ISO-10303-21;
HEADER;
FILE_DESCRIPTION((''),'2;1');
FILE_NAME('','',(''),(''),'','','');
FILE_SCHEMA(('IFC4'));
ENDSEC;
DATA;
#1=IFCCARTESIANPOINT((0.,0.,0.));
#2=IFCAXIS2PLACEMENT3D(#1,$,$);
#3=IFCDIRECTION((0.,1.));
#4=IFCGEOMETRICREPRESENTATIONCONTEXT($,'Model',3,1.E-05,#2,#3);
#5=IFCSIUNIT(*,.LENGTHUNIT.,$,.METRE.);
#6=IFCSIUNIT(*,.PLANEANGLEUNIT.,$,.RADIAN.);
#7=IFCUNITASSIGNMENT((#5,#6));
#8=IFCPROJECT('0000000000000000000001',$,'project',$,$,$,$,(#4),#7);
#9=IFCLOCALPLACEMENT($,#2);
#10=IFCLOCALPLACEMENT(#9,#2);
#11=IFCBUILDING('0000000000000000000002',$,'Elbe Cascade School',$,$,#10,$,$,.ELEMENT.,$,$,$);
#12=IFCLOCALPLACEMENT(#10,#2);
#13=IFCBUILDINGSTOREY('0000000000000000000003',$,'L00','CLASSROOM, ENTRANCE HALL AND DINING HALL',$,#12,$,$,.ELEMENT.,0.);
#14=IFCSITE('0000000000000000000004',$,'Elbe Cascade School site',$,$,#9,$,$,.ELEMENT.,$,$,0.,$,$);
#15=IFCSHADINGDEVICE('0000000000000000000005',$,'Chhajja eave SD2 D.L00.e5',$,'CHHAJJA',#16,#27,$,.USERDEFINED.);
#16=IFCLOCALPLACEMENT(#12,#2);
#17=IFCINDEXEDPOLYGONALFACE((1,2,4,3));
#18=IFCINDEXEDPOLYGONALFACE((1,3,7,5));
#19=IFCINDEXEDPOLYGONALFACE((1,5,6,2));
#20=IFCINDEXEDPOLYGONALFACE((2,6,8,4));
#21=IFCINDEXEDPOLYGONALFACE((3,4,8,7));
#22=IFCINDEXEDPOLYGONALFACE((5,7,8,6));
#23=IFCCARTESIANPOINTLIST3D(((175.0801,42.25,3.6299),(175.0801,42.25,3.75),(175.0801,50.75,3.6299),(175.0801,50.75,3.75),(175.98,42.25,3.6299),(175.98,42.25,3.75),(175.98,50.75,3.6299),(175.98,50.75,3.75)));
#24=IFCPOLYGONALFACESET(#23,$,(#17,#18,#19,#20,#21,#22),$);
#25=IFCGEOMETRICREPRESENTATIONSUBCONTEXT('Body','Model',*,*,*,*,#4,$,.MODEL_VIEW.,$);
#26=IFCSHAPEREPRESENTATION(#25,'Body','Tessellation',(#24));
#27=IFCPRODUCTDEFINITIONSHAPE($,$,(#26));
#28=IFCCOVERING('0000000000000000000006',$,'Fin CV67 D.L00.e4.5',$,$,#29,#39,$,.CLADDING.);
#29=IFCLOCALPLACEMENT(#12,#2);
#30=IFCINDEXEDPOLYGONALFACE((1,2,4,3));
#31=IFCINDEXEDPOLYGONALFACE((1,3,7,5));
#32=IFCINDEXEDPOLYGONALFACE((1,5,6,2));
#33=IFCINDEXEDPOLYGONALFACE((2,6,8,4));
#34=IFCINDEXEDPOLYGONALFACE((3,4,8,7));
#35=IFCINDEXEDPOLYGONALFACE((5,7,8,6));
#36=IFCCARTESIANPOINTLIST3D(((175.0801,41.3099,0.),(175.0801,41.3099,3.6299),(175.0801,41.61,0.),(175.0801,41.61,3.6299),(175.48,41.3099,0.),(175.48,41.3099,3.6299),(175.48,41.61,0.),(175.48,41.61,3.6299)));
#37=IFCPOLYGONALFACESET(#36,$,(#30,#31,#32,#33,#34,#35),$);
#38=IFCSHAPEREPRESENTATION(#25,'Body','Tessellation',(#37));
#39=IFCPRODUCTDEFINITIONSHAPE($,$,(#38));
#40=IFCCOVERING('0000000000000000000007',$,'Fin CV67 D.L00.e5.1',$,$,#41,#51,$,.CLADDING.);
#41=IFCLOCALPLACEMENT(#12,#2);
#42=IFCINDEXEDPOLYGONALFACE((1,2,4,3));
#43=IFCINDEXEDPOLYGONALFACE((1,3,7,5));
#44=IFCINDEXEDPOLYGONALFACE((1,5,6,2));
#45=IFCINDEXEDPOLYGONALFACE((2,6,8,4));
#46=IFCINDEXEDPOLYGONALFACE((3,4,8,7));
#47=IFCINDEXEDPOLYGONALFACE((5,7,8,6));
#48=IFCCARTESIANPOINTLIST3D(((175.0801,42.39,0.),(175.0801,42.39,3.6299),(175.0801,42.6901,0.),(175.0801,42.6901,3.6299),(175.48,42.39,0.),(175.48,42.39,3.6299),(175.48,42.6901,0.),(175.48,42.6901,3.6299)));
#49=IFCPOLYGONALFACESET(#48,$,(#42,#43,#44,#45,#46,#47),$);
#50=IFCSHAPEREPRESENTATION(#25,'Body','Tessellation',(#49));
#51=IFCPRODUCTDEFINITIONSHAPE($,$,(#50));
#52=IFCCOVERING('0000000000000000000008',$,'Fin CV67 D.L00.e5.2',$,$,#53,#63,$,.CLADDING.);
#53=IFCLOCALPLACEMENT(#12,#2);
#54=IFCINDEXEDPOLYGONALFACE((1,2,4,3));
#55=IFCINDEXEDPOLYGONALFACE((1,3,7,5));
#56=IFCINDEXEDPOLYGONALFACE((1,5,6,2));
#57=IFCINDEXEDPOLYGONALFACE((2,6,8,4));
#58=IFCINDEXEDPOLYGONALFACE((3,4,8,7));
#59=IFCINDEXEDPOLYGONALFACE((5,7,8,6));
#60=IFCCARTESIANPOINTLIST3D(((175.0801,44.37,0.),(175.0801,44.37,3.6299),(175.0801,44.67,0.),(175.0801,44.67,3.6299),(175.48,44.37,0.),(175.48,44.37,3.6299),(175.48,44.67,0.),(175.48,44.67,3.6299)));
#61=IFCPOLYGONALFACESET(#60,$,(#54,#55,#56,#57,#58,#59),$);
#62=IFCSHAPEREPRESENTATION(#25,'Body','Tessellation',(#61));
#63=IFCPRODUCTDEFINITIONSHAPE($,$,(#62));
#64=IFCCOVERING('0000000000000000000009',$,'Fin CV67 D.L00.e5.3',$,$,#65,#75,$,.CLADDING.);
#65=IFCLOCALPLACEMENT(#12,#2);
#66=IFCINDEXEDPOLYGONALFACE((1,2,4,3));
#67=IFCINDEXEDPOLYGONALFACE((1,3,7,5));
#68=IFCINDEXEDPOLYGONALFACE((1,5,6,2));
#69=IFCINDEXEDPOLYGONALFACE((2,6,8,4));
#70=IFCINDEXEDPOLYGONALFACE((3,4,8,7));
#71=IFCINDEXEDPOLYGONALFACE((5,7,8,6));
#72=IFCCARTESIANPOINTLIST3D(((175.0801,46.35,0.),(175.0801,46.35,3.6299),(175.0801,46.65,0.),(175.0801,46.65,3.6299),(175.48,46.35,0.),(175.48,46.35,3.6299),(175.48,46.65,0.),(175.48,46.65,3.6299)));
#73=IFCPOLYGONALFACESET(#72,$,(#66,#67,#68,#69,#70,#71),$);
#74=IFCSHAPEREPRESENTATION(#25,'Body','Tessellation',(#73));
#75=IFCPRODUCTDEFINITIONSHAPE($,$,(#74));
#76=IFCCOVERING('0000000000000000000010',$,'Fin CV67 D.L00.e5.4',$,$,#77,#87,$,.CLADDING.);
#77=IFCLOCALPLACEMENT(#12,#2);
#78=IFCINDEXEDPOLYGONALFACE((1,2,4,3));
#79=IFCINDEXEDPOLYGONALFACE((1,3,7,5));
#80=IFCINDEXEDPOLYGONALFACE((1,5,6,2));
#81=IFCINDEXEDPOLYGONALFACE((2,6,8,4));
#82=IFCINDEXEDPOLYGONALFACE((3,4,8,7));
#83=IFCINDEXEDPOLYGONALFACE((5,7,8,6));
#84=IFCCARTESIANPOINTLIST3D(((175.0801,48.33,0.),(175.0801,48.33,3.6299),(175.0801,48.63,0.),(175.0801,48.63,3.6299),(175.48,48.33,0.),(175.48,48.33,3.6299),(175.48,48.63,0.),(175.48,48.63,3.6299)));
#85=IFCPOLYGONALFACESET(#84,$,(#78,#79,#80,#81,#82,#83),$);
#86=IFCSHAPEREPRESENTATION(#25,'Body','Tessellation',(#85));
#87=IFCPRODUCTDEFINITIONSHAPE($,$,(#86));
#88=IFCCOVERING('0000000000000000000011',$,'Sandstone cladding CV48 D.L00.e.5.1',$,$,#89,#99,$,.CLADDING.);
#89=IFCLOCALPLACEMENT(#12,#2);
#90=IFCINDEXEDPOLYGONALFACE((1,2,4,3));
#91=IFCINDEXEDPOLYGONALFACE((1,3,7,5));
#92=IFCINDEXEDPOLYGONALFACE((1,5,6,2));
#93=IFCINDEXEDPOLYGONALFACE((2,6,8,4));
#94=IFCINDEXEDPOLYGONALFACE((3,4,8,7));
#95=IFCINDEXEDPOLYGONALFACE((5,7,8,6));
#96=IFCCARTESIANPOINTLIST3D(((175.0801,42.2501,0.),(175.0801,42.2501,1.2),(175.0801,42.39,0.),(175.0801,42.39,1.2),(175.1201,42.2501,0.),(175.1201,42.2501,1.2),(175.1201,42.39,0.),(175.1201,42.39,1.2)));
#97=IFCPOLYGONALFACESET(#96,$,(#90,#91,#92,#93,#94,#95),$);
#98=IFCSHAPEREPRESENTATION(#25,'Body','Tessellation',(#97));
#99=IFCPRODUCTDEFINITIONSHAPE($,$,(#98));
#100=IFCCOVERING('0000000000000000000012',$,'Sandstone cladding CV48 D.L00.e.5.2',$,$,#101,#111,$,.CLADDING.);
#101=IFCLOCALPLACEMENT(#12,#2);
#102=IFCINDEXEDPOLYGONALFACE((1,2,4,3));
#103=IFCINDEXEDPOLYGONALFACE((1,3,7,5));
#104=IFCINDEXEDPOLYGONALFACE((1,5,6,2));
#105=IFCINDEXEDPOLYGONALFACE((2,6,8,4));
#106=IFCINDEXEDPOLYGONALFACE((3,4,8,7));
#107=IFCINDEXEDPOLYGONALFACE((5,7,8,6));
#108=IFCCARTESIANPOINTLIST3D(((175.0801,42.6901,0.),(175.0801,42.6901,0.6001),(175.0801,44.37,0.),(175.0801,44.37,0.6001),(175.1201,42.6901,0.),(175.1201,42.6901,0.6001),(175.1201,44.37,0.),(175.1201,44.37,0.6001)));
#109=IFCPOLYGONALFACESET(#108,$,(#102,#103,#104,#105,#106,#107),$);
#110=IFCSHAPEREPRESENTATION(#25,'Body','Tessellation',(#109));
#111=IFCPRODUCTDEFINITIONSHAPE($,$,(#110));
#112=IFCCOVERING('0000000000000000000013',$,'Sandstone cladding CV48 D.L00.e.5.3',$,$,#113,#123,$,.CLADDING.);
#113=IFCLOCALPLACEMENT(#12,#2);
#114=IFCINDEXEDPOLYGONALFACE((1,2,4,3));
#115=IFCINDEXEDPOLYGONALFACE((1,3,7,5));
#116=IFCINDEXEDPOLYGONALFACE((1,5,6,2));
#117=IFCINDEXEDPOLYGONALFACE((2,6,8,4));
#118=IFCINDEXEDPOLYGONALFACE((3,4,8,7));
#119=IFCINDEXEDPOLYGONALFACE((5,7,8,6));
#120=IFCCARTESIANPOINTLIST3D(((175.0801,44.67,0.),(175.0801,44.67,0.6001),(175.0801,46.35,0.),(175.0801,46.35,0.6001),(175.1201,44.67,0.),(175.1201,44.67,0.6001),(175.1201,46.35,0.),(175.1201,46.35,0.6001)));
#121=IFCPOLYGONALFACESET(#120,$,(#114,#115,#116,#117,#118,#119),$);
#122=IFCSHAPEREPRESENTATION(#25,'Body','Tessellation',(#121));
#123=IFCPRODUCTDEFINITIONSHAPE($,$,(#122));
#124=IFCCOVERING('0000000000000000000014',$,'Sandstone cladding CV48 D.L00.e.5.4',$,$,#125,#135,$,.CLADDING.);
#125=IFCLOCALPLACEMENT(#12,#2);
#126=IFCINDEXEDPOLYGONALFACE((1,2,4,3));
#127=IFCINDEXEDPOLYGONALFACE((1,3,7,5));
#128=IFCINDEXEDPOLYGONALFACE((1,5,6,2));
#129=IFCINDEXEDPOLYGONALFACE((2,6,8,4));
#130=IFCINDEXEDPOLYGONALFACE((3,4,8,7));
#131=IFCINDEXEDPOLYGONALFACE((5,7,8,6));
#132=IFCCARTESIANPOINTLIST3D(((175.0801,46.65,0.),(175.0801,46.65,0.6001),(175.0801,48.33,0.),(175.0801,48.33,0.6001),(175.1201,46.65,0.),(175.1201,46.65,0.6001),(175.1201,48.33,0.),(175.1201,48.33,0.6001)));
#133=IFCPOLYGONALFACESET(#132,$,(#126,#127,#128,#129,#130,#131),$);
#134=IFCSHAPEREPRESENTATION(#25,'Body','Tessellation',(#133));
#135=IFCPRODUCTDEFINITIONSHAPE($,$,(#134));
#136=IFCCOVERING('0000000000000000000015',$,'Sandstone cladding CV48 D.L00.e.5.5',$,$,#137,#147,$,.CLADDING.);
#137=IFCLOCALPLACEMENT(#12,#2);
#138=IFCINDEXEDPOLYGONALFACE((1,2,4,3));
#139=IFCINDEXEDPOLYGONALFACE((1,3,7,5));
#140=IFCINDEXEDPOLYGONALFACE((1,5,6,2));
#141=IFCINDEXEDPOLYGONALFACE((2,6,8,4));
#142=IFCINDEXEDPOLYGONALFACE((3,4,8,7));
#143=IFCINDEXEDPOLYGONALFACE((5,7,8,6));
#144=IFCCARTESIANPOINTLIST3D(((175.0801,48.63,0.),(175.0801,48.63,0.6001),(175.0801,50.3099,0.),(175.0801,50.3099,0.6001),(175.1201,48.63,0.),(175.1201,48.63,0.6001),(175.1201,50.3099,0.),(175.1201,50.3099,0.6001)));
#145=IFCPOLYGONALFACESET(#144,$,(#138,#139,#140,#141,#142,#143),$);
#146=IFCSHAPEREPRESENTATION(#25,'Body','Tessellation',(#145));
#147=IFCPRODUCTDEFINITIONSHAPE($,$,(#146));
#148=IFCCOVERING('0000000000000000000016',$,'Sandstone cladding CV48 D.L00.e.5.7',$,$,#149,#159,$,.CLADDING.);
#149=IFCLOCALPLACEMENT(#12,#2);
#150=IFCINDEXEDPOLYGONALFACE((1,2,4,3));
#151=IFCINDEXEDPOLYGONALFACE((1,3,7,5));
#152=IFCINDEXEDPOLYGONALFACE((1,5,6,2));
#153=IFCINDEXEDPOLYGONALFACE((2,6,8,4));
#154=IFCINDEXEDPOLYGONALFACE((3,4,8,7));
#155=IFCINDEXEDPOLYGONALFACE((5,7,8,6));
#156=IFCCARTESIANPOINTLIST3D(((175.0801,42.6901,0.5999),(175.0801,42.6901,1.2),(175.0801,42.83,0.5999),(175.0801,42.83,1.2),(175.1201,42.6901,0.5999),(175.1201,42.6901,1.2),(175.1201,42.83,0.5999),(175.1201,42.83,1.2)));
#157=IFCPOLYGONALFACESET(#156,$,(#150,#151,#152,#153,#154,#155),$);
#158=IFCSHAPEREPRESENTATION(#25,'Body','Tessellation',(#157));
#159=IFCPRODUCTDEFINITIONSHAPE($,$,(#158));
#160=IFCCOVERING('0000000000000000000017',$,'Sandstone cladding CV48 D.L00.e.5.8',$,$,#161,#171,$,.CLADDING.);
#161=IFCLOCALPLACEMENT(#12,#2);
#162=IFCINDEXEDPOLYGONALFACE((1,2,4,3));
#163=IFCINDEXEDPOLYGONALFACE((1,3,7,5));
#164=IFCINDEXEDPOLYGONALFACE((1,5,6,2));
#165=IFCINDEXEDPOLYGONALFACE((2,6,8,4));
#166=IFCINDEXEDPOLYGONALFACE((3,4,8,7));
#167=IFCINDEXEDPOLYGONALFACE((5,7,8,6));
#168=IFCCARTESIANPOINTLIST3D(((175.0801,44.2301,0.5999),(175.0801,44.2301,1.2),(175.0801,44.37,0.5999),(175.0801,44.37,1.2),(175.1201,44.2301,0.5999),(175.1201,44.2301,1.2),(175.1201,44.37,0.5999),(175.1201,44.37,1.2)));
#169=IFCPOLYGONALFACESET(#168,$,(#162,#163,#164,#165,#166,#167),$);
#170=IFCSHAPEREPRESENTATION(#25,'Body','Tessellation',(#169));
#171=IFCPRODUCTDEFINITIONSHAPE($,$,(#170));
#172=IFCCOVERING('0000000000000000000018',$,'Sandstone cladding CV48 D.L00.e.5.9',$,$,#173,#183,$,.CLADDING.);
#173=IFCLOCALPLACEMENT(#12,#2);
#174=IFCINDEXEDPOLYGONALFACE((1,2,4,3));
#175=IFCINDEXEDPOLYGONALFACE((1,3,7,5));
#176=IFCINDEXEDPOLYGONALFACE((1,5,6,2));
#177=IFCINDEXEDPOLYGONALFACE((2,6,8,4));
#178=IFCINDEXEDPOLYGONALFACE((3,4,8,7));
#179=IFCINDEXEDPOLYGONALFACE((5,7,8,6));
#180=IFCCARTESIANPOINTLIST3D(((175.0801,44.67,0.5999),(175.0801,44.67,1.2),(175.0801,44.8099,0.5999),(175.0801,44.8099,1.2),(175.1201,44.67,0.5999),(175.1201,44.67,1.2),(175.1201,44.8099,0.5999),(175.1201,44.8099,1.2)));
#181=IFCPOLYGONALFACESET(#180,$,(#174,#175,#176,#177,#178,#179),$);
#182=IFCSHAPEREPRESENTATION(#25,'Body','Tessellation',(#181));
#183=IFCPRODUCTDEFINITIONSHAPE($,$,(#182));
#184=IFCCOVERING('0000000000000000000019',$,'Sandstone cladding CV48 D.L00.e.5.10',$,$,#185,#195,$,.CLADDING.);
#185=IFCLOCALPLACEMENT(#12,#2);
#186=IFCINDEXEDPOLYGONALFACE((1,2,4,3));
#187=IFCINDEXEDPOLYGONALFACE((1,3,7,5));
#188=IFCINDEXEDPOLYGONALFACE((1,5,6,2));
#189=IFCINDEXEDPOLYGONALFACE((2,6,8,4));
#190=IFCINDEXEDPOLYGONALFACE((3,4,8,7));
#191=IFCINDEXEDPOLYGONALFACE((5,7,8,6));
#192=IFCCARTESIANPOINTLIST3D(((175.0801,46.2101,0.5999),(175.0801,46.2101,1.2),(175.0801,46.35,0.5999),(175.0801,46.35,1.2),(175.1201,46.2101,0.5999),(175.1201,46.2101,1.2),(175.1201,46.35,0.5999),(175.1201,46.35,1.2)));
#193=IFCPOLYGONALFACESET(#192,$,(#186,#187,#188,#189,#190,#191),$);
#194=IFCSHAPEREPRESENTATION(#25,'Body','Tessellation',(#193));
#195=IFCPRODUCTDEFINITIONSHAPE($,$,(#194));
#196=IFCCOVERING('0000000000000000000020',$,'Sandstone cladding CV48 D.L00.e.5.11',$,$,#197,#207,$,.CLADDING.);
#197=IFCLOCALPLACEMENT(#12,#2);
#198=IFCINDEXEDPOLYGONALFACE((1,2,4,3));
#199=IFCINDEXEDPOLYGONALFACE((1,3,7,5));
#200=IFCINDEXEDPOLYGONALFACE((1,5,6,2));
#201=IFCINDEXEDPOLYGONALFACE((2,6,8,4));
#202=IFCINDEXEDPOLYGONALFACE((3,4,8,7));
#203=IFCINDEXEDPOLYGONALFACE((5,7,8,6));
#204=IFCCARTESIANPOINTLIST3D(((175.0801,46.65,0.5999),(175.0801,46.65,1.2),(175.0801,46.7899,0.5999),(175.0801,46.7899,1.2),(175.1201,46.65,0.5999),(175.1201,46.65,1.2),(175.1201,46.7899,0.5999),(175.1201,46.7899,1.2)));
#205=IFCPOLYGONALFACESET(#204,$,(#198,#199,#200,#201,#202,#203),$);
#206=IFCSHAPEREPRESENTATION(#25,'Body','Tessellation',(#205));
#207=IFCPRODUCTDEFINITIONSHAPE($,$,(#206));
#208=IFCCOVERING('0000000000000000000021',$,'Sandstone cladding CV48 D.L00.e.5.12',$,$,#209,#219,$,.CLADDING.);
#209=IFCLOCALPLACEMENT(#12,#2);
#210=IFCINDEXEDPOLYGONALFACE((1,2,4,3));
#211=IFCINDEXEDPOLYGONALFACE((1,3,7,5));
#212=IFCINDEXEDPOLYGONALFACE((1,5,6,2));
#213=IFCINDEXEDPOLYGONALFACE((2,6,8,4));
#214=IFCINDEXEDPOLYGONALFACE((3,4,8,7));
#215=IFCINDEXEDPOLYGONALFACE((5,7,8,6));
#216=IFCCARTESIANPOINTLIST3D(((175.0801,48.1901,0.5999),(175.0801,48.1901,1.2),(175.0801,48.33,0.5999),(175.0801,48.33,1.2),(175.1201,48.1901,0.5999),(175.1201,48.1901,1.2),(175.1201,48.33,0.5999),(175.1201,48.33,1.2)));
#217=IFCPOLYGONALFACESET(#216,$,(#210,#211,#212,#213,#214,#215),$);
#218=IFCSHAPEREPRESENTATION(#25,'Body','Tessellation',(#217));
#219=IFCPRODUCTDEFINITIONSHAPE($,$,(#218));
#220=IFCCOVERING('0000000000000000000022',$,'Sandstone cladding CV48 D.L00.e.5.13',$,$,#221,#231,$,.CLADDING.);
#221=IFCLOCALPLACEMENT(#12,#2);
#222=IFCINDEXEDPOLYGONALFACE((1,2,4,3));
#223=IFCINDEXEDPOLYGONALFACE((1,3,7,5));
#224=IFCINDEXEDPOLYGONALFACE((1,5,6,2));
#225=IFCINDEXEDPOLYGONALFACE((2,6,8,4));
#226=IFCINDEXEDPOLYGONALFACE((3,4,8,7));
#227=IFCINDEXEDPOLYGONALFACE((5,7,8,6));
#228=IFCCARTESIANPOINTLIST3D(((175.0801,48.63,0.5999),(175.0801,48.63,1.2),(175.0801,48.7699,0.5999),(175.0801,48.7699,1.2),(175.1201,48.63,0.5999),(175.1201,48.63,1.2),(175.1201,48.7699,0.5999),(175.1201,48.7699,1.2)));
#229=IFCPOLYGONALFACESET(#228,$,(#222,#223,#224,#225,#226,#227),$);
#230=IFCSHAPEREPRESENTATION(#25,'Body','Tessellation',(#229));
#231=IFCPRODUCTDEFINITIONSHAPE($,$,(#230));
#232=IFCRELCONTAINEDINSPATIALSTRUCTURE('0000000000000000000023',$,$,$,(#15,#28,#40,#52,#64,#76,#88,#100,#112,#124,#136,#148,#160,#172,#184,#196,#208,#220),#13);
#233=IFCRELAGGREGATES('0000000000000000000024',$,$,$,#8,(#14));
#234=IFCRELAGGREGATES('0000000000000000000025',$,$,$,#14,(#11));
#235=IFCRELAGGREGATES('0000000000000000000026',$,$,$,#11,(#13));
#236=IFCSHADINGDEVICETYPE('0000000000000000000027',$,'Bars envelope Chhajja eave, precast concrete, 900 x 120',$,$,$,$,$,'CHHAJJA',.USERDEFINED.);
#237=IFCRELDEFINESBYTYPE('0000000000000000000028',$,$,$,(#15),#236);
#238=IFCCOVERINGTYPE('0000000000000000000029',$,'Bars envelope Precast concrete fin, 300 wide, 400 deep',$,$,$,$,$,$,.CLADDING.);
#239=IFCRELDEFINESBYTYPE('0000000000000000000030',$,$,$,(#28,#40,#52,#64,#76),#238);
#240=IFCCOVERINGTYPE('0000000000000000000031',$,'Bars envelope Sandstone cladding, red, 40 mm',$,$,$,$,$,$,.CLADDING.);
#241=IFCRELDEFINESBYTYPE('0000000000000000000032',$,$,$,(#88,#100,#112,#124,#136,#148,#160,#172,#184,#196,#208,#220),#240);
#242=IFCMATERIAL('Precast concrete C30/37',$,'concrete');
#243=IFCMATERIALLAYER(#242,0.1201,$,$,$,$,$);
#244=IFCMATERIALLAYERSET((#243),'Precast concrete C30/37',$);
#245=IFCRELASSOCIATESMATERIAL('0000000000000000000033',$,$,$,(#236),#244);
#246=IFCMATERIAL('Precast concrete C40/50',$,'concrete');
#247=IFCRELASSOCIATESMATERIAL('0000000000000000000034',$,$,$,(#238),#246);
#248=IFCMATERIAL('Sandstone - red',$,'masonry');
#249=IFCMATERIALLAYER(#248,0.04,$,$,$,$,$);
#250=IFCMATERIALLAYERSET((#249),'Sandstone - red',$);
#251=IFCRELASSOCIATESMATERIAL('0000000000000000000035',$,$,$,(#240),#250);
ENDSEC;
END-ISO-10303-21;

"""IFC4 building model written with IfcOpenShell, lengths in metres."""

from ifc_helpers import new_model, si_unit, direction, frame, origin, origin_2d, place, context, subcontext, project, spatial, rectangle, extrude, material, layer, layer_set, type_object, element, save


model = new_model("IFC4")

# Units and contexts
model_context = context("Model", 3, precision=1e-05, world=origin(), true_north=direction((0.0, 1.0)))
body_context = subcontext(model_context, "Body", "Model", "MODEL_VIEW")
ifc_project = project(units=[si_unit("LENGTHUNIT", "METRE"), si_unit("PLANEANGLEUNIT", "RADIAN")], contexts=[model_context])

# Site, building, storey
site_placement = place(None, origin())
site = spatial("IfcSite", under=ifc_project, at=site_placement, Name="Elbe Cascade School site", CompositionType="ELEMENT", RefElevation=0.0)
building_placement = place(site_placement, origin())
building = spatial("IfcBuilding", under=site, at=building_placement, Name="Elbe Cascade School", CompositionType="ELEMENT")
storey_placement = place(building_placement, origin())
storey = spatial("IfcBuildingStorey", under=building, at=storey_placement, Name="L00", Description="CLASSROOM, ENTRANCE HALL AND DINING HALL", CompositionType="ELEMENT", Elevation=0.0)

# Shading device
ifc_material_1 = material(Name="Precast concrete C30/37", Category="concrete")
ifc_layer_1 = layer(ifc_material_1, 0.1201)
ifc_layer_set_1 = layer_set([ifc_layer_1], Name="Precast concrete C30/37")
shading_device_type = type_object("IfcShadingDeviceType", Name="Bars envelope Chhajja eave, precast concrete, 900 x 120", ElementType="CHHAJJA", PredefinedType="USERDEFINED", material=ifc_layer_set_1)
shading_device_placement = place(storey_placement, frame((175.53, 46.5, 3.6299), z_axis=(0.0, 0.0, 1.0), x_axis=(0.0, 1.0, 0.0)))
element("IfcShadingDevice", 1, at=shading_device_placement, inside=storey, type_object=shading_device_type, Name="Chhajja eave SD2 D.L00.e5", ObjectType="CHHAJJA", PredefinedType="USERDEFINED", context=body_context, shape_type="SweptSolid", body=[
    extrude(rectangle(XDim=8.5, YDim=0.8999, at=origin_2d()), origin(), (0.0, 0.0, 1.0), 0.1201),
])

# Coverings
ifc_material_2 = material(Name="Precast concrete C40/50", Category="concrete")
covering_type_1 = type_object("IfcCoveringType", Name="Bars envelope Precast concrete fin, 300 wide, 400 deep", PredefinedType="CLADDING", material=ifc_material_2)
for number, where, z_axis, x_axis, name in (
    (2, (175.28, 41.46, 0.0), (0.0, 0.0, 1.0), (0.0, 1.0, 0.0), "Fin CV67 D.L00.e4.5"),
    (3, (175.28, 42.54, 0.0), (0.0, 0.0, 1.0), (0.0, 1.0, 0.0), "Fin CV67 D.L00.e5.1"),
    (4, (175.28, 44.52, 0.0), (0.0, 0.0, 1.0), (0.0, 1.0, 0.0), "Fin CV67 D.L00.e5.2"),
    (5, (175.28, 46.5, 0.0), (0.0, 0.0, 1.0), (0.0, 1.0, 0.0), "Fin CV67 D.L00.e5.3"),
    (6, (175.28, 48.48, 0.0), (0.0, 0.0, 1.0), (0.0, 1.0, 0.0), "Fin CV67 D.L00.e5.4"),
):
    element("IfcCovering", number, at=place(storey_placement, frame(where, z_axis=z_axis, x_axis=x_axis)), inside=storey, type_object=covering_type_1, Name=name, PredefinedType="CLADDING", context=body_context, shape_type="SweptSolid", body=[
        extrude(rectangle(XDim=0.3, YDim=0.3999, at=origin_2d()), origin(), (0.0, 0.0, 1.0), 3.6299),
    ])
ifc_material_3 = material(Name="Sandstone - red", Category="masonry")
ifc_layer_2 = layer(ifc_material_3, 0.04)
ifc_layer_set_2 = layer_set([ifc_layer_2], Name="Sandstone - red")
covering_type_2 = type_object("IfcCoveringType", Name="Bars envelope Sandstone cladding, red, 40 mm", PredefinedType="CLADDING", material=ifc_layer_set_2)
covering_1_placement = place(storey_placement, frame((175.1001, 42.3201, 0.0), z_axis=(0.0, 0.0, 1.0), x_axis=(0.0, 1.0, 0.0)))
element("IfcCovering", 7, at=covering_1_placement, inside=storey, type_object=covering_type_2, Name="Sandstone cladding CV48 D.L00.e.5.1", PredefinedType="CLADDING", context=body_context, shape_type="SweptSolid", body=[
    extrude(rectangle(XDim=0.1399, YDim=0.04, at=origin_2d()), origin(), (0.0, 0.0, 1.0), 1.2),
])
for number, where, z_axis, x_axis, name in (
    (8, (175.1001, 43.53, 0.0), (0.0, 0.0, 1.0), (0.0, 1.0, 0.0), "Sandstone cladding CV48 D.L00.e.5.2"),
    (9, (175.1001, 45.51, 0.0), (0.0, 0.0, 1.0), (0.0, 1.0, 0.0), "Sandstone cladding CV48 D.L00.e.5.3"),
    (10, (175.1001, 47.49, 0.0), (0.0, 0.0, 1.0), (0.0, 1.0, 0.0), "Sandstone cladding CV48 D.L00.e.5.4"),
    (11, (175.1001, 49.47, 0.0), (0.0, 0.0, 1.0), (0.0, 1.0, 0.0), "Sandstone cladding CV48 D.L00.e.5.5"),
):
    element("IfcCovering", number, at=place(storey_placement, frame(where, z_axis=z_axis, x_axis=x_axis)), inside=storey, type_object=covering_type_2, Name=name, PredefinedType="CLADDING", context=body_context, shape_type="SweptSolid", body=[
        extrude(rectangle(XDim=1.6799, YDim=0.04, at=origin_2d()), origin(), (0.0, 0.0, 1.0), 0.6001),
    ])
for number, where, z_axis, x_axis, name in (
    (12, (175.1001, 42.76, 0.5999), (0.0, 0.0, 1.0), (0.0, 1.0, 0.0), "Sandstone cladding CV48 D.L00.e.5.7"),
    (13, (175.1001, 44.3, 0.5999), (0.0, 0.0, 1.0), (0.0, 1.0, 0.0), "Sandstone cladding CV48 D.L00.e.5.8"),
    (14, (175.1001, 44.74, 0.5999), (0.0, 0.0, 1.0), (0.0, 1.0, 0.0), "Sandstone cladding CV48 D.L00.e.5.9"),
    (15, (175.1001, 46.28, 0.5999), (0.0, 0.0, 1.0), (0.0, 1.0, 0.0), "Sandstone cladding CV48 D.L00.e.5.10"),
    (16, (175.1001, 46.72, 0.5999), (0.0, 0.0, 1.0), (0.0, 1.0, 0.0), "Sandstone cladding CV48 D.L00.e.5.11"),
    (17, (175.1001, 48.26, 0.5999), (0.0, 0.0, 1.0), (0.0, 1.0, 0.0), "Sandstone cladding CV48 D.L00.e.5.12"),
    (18, (175.1001, 48.7, 0.5999), (0.0, 0.0, 1.0), (0.0, 1.0, 0.0), "Sandstone cladding CV48 D.L00.e.5.13"),
):
    element("IfcCovering", number, at=place(storey_placement, frame(where, z_axis=z_axis, x_axis=x_axis)), inside=storey, type_object=covering_type_2, Name=name, PredefinedType="CLADDING", context=body_context, shape_type="SweptSolid", body=[
        extrude(rectangle(XDim=0.1399, YDim=0.04, at=origin_2d()), origin(), (0.0, 0.0, 1.0), 0.6001),
    ])

save(model, "model.ifc")
